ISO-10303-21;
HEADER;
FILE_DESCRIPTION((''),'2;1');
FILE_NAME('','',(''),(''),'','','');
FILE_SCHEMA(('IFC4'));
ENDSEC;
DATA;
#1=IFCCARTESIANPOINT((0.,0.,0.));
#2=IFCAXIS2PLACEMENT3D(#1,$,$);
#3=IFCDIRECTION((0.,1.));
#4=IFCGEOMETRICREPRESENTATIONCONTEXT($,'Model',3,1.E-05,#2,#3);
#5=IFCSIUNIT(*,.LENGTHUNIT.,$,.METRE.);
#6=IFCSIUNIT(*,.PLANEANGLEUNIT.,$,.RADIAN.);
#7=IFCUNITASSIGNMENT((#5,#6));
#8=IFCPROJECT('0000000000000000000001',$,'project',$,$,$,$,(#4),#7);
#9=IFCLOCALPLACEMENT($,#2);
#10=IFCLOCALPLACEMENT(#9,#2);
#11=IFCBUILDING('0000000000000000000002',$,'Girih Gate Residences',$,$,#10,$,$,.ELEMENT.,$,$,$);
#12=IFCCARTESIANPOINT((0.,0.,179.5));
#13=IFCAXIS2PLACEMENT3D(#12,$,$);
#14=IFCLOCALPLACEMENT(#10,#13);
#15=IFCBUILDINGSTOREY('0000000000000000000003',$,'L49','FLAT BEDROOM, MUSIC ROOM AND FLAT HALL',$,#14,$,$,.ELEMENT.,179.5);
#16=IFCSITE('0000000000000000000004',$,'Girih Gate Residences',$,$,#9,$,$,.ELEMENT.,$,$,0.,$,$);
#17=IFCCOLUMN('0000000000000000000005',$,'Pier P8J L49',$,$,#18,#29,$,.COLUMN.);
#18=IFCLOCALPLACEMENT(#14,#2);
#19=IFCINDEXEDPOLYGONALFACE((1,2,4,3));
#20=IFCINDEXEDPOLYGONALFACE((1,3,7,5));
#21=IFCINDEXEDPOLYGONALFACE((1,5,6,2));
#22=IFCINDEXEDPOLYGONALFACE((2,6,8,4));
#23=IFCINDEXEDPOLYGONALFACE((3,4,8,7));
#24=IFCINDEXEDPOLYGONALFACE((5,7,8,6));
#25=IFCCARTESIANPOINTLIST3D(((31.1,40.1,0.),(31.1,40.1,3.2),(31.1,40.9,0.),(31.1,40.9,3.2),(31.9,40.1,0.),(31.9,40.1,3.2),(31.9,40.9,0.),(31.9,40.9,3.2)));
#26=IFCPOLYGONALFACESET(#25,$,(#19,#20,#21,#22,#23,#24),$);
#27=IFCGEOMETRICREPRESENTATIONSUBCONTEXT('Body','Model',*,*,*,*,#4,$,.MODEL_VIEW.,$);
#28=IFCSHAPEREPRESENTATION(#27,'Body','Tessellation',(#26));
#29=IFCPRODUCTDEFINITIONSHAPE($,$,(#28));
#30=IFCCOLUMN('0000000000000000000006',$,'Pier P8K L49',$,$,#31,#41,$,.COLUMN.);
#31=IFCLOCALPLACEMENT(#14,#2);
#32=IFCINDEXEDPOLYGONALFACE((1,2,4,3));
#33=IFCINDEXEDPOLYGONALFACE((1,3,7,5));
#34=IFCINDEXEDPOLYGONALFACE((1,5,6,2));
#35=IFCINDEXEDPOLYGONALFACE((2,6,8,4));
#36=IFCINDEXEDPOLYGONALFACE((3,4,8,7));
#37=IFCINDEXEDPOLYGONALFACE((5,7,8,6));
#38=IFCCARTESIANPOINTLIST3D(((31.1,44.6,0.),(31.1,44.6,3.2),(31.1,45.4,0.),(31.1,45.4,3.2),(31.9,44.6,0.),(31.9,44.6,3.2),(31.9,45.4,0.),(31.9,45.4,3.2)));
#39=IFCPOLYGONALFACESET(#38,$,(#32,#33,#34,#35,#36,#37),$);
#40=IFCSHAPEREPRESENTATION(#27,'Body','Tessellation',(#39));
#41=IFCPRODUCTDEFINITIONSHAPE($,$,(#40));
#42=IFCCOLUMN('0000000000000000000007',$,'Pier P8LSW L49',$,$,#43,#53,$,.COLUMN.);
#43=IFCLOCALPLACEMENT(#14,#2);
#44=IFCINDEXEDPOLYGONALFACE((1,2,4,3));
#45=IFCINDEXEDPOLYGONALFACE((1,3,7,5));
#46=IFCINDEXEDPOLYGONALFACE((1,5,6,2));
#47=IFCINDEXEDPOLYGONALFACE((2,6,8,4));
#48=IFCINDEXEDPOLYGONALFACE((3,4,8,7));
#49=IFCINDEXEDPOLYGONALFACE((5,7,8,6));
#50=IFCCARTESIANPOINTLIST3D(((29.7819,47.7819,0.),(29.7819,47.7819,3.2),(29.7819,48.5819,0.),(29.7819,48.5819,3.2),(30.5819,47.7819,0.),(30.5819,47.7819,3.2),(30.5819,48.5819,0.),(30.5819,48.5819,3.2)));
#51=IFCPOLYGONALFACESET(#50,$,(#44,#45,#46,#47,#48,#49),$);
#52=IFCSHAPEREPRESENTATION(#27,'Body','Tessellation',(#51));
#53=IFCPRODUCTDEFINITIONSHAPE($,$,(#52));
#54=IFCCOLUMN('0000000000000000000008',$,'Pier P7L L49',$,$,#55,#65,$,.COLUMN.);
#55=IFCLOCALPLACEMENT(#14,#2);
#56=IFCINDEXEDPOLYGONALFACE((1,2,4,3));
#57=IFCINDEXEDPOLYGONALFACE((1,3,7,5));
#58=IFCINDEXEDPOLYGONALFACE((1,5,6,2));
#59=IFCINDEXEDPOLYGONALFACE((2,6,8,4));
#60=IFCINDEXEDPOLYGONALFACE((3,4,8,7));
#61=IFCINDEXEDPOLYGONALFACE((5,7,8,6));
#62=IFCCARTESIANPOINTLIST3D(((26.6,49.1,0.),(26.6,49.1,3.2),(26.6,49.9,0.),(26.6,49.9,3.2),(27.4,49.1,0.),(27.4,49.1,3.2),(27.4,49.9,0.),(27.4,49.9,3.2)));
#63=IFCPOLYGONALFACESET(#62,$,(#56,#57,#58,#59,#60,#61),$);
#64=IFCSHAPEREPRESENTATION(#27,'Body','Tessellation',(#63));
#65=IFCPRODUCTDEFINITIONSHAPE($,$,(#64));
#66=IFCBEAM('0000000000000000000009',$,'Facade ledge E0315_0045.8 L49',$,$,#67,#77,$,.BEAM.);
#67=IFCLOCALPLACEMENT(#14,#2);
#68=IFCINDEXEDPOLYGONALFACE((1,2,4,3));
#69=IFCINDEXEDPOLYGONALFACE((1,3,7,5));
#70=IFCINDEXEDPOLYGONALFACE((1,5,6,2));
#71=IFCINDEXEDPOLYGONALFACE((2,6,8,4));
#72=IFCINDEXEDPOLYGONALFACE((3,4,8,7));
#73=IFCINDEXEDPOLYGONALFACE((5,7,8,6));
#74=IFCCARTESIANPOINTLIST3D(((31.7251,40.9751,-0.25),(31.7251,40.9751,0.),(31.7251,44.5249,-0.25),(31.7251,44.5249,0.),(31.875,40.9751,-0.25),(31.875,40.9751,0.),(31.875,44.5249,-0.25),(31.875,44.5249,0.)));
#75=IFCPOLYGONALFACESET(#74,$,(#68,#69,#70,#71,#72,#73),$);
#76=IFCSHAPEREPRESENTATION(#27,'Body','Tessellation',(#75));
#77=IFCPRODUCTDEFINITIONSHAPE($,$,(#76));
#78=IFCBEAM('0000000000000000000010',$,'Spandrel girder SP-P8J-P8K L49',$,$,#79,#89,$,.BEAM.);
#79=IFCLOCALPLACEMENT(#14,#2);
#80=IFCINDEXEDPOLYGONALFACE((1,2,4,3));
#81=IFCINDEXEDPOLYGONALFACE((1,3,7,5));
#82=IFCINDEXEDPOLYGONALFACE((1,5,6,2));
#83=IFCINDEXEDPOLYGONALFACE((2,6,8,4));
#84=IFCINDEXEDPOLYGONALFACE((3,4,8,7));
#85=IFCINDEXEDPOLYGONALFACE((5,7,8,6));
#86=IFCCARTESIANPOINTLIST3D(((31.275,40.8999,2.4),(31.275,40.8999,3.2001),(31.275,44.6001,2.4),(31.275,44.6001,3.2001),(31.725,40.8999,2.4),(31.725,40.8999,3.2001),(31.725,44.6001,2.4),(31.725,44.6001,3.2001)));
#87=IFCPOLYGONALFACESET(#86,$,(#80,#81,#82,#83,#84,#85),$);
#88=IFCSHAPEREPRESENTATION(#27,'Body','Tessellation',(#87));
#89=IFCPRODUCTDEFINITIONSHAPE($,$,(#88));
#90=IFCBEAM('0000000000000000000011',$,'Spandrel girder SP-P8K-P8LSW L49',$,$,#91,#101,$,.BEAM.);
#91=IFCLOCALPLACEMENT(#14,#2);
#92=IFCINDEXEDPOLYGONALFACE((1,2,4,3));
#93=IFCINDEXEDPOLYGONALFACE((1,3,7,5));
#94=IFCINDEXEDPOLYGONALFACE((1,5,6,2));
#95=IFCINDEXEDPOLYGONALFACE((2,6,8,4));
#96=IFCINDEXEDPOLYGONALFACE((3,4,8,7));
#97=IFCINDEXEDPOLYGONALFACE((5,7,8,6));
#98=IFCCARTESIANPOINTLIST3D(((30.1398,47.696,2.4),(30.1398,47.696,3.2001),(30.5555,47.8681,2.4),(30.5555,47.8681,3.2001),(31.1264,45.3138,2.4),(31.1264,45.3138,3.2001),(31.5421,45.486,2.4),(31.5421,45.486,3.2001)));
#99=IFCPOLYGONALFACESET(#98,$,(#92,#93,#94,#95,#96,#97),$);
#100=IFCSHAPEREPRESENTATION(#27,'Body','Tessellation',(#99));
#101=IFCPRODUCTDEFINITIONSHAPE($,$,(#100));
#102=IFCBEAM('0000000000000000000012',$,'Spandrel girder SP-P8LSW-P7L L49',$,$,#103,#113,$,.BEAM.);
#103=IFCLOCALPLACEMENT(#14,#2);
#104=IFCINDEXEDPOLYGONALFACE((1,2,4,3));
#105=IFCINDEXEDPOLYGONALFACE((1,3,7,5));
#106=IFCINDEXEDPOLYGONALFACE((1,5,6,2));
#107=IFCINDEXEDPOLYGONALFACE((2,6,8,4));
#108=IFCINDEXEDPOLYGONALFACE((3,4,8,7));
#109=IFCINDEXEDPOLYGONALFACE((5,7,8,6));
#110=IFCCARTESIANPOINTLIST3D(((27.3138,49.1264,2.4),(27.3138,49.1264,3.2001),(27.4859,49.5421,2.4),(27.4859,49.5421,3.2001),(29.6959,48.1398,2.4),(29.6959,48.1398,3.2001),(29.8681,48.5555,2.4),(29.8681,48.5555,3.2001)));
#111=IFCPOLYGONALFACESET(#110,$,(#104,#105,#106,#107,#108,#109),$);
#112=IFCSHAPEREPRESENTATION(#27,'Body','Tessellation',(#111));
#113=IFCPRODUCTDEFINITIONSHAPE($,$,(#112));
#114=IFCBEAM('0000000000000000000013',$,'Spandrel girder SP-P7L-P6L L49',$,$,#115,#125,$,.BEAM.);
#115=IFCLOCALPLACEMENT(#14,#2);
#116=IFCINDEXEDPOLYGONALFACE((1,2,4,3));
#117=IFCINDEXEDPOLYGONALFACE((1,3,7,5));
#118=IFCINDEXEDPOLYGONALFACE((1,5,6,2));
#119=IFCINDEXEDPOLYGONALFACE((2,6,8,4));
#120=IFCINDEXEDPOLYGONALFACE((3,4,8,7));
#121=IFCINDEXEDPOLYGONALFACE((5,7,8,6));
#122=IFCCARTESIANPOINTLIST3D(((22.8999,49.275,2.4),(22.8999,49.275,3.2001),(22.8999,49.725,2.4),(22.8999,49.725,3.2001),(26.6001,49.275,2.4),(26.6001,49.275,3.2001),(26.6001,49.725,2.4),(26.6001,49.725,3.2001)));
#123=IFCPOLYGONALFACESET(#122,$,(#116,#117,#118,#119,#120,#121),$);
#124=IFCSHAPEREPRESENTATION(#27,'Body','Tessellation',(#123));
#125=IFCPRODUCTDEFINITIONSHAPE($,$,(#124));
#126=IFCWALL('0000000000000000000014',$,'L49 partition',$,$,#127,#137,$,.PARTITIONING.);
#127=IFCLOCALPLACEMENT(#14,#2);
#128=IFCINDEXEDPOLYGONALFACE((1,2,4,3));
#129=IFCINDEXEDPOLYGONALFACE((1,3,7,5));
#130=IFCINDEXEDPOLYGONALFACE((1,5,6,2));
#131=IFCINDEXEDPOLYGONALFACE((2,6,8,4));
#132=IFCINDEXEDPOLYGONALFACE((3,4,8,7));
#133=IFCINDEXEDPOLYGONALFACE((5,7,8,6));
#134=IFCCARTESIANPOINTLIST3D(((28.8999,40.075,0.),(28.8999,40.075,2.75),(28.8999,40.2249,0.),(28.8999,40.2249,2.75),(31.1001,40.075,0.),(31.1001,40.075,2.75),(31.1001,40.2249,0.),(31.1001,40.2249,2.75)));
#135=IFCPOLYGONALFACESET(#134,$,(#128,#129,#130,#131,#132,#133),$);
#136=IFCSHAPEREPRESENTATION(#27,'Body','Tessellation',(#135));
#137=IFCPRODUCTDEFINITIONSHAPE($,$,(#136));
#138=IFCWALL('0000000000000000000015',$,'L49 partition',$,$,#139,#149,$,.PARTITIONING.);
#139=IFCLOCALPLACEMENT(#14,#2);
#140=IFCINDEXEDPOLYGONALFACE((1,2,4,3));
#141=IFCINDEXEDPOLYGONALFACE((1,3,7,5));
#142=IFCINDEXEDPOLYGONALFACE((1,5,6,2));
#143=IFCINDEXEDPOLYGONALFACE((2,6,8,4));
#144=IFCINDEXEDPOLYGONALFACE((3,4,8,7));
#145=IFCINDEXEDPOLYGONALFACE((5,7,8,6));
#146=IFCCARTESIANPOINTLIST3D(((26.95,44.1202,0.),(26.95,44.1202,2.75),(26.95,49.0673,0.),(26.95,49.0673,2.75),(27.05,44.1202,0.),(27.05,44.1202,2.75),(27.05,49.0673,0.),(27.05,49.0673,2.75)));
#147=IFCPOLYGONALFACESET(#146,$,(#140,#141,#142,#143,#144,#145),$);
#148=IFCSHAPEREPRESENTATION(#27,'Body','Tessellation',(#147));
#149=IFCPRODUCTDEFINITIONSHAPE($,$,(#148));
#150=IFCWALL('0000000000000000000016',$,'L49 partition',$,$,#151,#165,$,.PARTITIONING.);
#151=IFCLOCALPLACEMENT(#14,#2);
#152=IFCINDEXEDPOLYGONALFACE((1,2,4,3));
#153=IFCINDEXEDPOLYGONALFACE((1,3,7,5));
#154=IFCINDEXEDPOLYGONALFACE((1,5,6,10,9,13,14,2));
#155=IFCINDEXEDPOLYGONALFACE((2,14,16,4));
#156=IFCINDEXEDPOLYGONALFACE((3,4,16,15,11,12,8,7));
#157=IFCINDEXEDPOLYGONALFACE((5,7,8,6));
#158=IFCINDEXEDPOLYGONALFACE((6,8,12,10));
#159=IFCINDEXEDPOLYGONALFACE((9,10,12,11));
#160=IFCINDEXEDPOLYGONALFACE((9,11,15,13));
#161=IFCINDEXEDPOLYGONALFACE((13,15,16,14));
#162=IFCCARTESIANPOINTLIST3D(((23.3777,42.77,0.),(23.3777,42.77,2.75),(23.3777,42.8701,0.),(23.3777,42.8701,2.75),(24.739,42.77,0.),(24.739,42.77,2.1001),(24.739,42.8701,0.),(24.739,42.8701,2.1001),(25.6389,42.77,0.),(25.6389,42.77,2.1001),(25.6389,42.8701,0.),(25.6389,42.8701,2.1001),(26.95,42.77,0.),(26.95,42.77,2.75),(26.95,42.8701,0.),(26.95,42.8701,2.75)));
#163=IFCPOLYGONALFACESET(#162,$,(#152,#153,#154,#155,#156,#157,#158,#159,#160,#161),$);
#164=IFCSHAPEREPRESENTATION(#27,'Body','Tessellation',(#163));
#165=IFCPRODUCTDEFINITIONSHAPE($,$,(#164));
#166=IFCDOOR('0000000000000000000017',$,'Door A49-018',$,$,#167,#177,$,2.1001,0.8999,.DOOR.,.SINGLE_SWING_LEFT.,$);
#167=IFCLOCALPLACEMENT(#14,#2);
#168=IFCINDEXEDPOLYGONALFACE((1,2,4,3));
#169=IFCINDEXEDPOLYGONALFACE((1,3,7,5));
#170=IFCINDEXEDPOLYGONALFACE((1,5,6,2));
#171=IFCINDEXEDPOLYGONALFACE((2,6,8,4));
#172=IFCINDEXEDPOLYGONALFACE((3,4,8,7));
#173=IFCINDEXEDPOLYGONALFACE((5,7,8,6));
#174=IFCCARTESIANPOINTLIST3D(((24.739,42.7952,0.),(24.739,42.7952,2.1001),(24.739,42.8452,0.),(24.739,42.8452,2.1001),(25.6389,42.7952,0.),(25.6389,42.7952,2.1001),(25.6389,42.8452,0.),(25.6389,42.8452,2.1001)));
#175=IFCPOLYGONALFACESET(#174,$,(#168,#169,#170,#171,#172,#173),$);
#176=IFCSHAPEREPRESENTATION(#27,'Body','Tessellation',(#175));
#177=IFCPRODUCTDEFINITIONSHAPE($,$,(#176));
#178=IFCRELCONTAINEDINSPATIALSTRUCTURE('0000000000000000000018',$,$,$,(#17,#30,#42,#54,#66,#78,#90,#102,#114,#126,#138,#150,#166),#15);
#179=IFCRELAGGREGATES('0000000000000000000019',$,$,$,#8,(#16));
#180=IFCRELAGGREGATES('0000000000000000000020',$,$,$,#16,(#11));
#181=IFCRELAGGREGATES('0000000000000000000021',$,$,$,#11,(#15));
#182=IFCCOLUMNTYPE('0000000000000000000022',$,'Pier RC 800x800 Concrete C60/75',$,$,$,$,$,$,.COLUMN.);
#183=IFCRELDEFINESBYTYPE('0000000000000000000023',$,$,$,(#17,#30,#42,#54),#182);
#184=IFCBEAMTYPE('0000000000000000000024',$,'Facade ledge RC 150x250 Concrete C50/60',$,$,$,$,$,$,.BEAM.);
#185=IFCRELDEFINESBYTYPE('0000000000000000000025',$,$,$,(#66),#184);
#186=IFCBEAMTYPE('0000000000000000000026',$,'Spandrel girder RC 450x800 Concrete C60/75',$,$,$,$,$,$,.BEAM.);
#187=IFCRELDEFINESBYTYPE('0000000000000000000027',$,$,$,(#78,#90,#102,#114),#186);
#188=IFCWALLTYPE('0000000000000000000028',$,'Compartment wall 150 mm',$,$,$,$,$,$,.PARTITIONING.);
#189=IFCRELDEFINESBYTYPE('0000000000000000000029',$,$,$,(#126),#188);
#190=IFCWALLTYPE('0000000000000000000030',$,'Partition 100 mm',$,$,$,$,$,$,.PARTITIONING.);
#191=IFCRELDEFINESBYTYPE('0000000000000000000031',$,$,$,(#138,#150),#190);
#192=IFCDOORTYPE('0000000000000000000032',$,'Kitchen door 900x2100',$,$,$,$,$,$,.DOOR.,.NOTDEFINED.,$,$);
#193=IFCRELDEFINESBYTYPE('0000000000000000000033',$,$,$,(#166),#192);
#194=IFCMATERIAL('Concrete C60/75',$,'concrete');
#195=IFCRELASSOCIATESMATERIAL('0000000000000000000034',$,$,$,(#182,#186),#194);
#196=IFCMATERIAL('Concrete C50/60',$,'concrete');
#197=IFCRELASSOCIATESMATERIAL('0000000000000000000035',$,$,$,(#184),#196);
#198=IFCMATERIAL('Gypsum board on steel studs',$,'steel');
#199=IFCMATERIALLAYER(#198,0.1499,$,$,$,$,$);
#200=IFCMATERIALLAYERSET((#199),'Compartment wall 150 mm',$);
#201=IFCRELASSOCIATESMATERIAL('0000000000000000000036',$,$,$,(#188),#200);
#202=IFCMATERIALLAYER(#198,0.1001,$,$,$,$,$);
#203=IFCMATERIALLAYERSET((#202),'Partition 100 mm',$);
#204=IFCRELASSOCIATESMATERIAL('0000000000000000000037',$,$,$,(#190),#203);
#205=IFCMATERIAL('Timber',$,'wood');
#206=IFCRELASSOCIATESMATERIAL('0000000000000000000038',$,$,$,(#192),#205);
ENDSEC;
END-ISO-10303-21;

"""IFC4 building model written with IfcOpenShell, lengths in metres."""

from ifc_helpers import new_model, si_unit, direction, frame, frame_2d, origin, origin_2d, place, context, subcontext, project, spatial, rectangle, extrude, material, layer, layer_set, material_profile, profile_set, type_object, element, fill, save


model = new_model("IFC4")

# Units and contexts
model_context = context("Model", 3, precision=1e-05, world=origin(), true_north=direction((0.0, 1.0)))
body_context = subcontext(model_context, "Body", "Model", "MODEL_VIEW")
ifc_project = project(units=[si_unit("LENGTHUNIT", "METRE"), si_unit("PLANEANGLEUNIT", "RADIAN")], contexts=[model_context])

# Site, building, storey
site_placement = place(None, origin())
site = spatial("IfcSite", under=ifc_project, at=site_placement, Name="Girih Gate Residences", CompositionType="ELEMENT", RefElevation=0.0)
building_placement = place(site_placement, origin())
building = spatial("IfcBuilding", under=site, at=building_placement, Name="Girih Gate Residences", CompositionType="ELEMENT")
storey_placement = place(building_placement, frame((0.0, 0.0, 179.5)))
storey = spatial("IfcBuildingStorey", under=building, at=storey_placement, Name="L49", Description="FLAT BEDROOM, MUSIC ROOM AND FLAT HALL", CompositionType="ELEMENT", Elevation=179.5)

# Columns
ifc_material_1 = material(Name="Concrete C60/75", Category="concrete")
ifc_material_profile_1 = material_profile(ifc_material_1, rectangle(XDim=0.8, YDim=0.8, at=origin_2d()))
ifc_profile_set_1 = profile_set([ifc_material_profile_1], Name="Concrete C60/75")
column_type = type_object("IfcColumnType", Name="Pier RC 800x800 Concrete C60/75", PredefinedType="COLUMN", material=ifc_profile_set_1)
for number, where, z_axis, x_axis, name in (
    (1, (31.5, 40.5, 0.0), (0.0, 0.0, 1.0), (1.0, 0.0, 0.0), "Pier P8J L49"),
    (2, (31.5, 45.0, 0.0), (0.0, 0.0, 1.0), (1.0, 0.0, 0.0), "Pier P8K L49"),
    (3, (30.1819, 48.1819, 0.0), (0.0, 0.0, 1.0), (1.0, 0.0, 0.0), "Pier P8LSW L49"),
    (4, (27.0, 49.5, 0.0), (0.0, 0.0, 1.0), (1.0, 0.0, 0.0), "Pier P7L L49"),
):
    element("IfcColumn", number, at=place(storey_placement, frame(where, z_axis=z_axis, x_axis=x_axis)), inside=storey, type_object=column_type, Name=name, PredefinedType="COLUMN", context=body_context, shape_type="SweptSolid", body=[
        extrude(rectangle(XDim=0.8, YDim=0.8, at=origin_2d()), origin(), (0.0, 0.0, 1.0), 3.2),
    ])

# Beams
ifc_material_2 = material(Name="Concrete C50/60", Category="concrete")
ifc_material_profile_2 = material_profile(ifc_material_2, rectangle(XDim=0.1499, YDim=0.25, at=origin_2d()))
ifc_profile_set_2 = profile_set([ifc_material_profile_2], Name="Concrete C50/60")
beam_type_1 = type_object("IfcBeamType", Name="Facade ledge RC 150x250 Concrete C50/60", PredefinedType="BEAM", material=ifc_profile_set_2)
beam_1_placement = place(storey_placement, frame((31.8, 40.9751, -0.125), z_axis=(0.0, 1.0, 0.0), x_axis=(-1.0, 0.0, 0.0)))
element("IfcBeam", 5, at=beam_1_placement, inside=storey, type_object=beam_type_1, Name="Facade ledge E0315_0045.8 L49", PredefinedType="BEAM", context=body_context, shape_type="SweptSolid", body=[
    extrude(rectangle(XDim=0.1499, YDim=0.25, at=origin_2d()), origin(), (0.0, 0.0, 1.0), 3.5498),
])
ifc_material_profile_3 = material_profile(ifc_material_1, rectangle(XDim=0.45, YDim=0.8, at=origin_2d()))
ifc_profile_set_3 = profile_set([ifc_material_profile_3], Name="Concrete C60/75")
beam_type_2 = type_object("IfcBeamType", Name="Spandrel girder RC 450x800 Concrete C60/75", PredefinedType="BEAM", material=ifc_profile_set_3)
beam_2_placement = place(storey_placement, frame((31.5, 40.8999, 2.8), z_axis=(0.0, 1.0, 0.0), x_axis=(-1.0, 0.0, 0.0)))
element("IfcBeam", 6, at=beam_2_placement, inside=storey, type_object=beam_type_2, Name="Spandrel girder SP-P8J-P8K L49", PredefinedType="BEAM", context=body_context, shape_type="SweptSolid", body=[
    extrude(rectangle(XDim=0.45, YDim=0.8, at=origin_2d()), origin(), (0.0, 0.0, 1.0), 3.7002),
])
for number, where, z_axis, x_axis, name in (
    (7, (31.3342, 45.3999, 2.8), (-0.382644, 0.923896, 0.0), (-0.923896, -0.382644, 0.0), "Spandrel girder SP-P8K-P8LSW L49"),
    (8, (29.782, 48.3477, 2.8), (-0.923896, 0.382644, 0.0), (-0.382644, -0.923896, 0.0), "Spandrel girder SP-P8LSW-P7L L49"),
):
    element("IfcBeam", number, at=place(storey_placement, frame(where, z_axis=z_axis, x_axis=x_axis)), inside=storey, type_object=beam_type_2, Name=name, PredefinedType="BEAM", context=body_context, shape_type="SweptSolid", body=[
        extrude(rectangle(XDim=0.45, YDim=0.8, at=origin_2d()), origin(), (0.0, 0.0, 1.0), 2.5784),
    ])
beam_3_placement = place(storey_placement, frame((26.6001, 49.5, 2.8), z_axis=(-1.0, 0.0, 0.0), x_axis=(0.0, -1.0, 0.0)))
element("IfcBeam", 9, at=beam_3_placement, inside=storey, type_object=beam_type_2, Name="Spandrel girder SP-P7L-P6L L49", PredefinedType="BEAM", context=body_context, shape_type="SweptSolid", body=[
    extrude(rectangle(XDim=0.45, YDim=0.8, at=origin_2d()), origin(), (0.0, 0.0, 1.0), 3.7002),
])

# Walls
ifc_material_3 = material(Name="Gypsum board on steel studs", Category="steel")
ifc_layer_1 = layer(ifc_material_3, 0.1499)
ifc_layer_set_1 = layer_set([ifc_layer_1], Name="Compartment wall 150 mm")
wall_type_1 = type_object("IfcWallType", Name="Compartment wall 150 mm", PredefinedType="PARTITIONING", material=ifc_layer_set_1)
wall_1_placement = place(storey_placement, frame((28.8999, 40.1499, 0.0), z_axis=(0.0, 0.0, 1.0), x_axis=(1.0, 0.0, 0.0)))
element("IfcWall", 10, at=wall_1_placement, inside=storey, type_object=wall_type_1, Name="L49 partition", PredefinedType="PARTITIONING", context=body_context, shape_type="SweptSolid", body=[
    extrude(rectangle(XDim=2.2002, YDim=0.1499, at=frame_2d((1.1001, 0.0))), origin(), (0.0, 0.0, 1.0), 2.75),
])
ifc_layer_2 = layer(ifc_material_3, 0.1001)
ifc_layer_set_2 = layer_set([ifc_layer_2], Name="Partition 100 mm")
wall_type_2 = type_object("IfcWallType", Name="Partition 100 mm", PredefinedType="PARTITIONING", material=ifc_layer_set_2)
wall_2_placement = place(storey_placement, frame((27.0, 44.1201, 0.0), z_axis=(0.0, 0.0, 1.0), x_axis=(0.0, 1.0, 0.0)))
element("IfcWall", 11, at=wall_2_placement, inside=storey, type_object=wall_type_2, Name="L49 partition", PredefinedType="PARTITIONING", context=body_context, shape_type="SweptSolid", body=[
    extrude(rectangle(XDim=4.947, YDim=0.1001, at=frame_2d((2.4736, 0.0))), origin(), (0.0, 0.0, 1.0), 2.75),
])

# Wall, opening, door
wall_3_placement = place(storey_placement, frame((26.95, 42.8201, 0.0), z_axis=(0.0, 0.0, 1.0), x_axis=(-1.0, 0.0, 0.0)))
wall_3 = element("IfcWall", 12, at=wall_3_placement, inside=storey, type_object=wall_type_2, Name="L49 partition", PredefinedType="PARTITIONING", context=body_context, shape_type="SweptSolid", body=[
    extrude(rectangle(XDim=3.5723, YDim=0.1001, at=frame_2d((1.7861, 0.0))), origin(), (0.0, 0.0, 1.0), 2.75),
])
opening_1_placement = place(wall_3_placement, frame((1.311, 0.0, 0.0)))
opening_1 = element("IfcOpeningElement", 13, at=opening_1_placement, cuts=wall_3, PredefinedType="OPENING", context=body_context, shape_type="SweptSolid", body=[
    extrude(rectangle(XDim=0.8999, YDim=2.1001, at=frame_2d((0.45, 1.05))), frame((0.0, 0.0601, 0.0), z_axis=(0.0, -1.0, 0.0), x_axis=(1.0, 0.0, 0.0)), (0.0, 0.0, 1.0), 0.1201),
])
ifc_material_4 = material(Name="Timber", Category="wood")
door_type_1 = type_object("IfcDoorType", Name="Kitchen door 900x2100", OperationType="NOTDEFINED", PredefinedType="DOOR", material=ifc_material_4)
door_1_placement = place(opening_1_placement, origin())
door_1 = element("IfcDoor", 14, at=door_1_placement, inside=storey, type_object=door_type_1, Name="Door A49-018", OperationType="SINGLE_SWING_LEFT", OverallHeight=2.1001, OverallWidth=0.8999, PredefinedType="DOOR", context=body_context, shape_type="SweptSolid", body=[
    extrude(rectangle(XDim=0.8999, YDim=2.1001, at=frame_2d((0.45, 1.05))), frame((0.0, 0.0249, 0.0), z_axis=(0.0, -1.0, 0.0), x_axis=(1.0, 0.0, 0.0)), (0.0, 0.0, 1.0), 0.05),
])
fill(opening_1, door_1)

save(model, "model.ifc")
